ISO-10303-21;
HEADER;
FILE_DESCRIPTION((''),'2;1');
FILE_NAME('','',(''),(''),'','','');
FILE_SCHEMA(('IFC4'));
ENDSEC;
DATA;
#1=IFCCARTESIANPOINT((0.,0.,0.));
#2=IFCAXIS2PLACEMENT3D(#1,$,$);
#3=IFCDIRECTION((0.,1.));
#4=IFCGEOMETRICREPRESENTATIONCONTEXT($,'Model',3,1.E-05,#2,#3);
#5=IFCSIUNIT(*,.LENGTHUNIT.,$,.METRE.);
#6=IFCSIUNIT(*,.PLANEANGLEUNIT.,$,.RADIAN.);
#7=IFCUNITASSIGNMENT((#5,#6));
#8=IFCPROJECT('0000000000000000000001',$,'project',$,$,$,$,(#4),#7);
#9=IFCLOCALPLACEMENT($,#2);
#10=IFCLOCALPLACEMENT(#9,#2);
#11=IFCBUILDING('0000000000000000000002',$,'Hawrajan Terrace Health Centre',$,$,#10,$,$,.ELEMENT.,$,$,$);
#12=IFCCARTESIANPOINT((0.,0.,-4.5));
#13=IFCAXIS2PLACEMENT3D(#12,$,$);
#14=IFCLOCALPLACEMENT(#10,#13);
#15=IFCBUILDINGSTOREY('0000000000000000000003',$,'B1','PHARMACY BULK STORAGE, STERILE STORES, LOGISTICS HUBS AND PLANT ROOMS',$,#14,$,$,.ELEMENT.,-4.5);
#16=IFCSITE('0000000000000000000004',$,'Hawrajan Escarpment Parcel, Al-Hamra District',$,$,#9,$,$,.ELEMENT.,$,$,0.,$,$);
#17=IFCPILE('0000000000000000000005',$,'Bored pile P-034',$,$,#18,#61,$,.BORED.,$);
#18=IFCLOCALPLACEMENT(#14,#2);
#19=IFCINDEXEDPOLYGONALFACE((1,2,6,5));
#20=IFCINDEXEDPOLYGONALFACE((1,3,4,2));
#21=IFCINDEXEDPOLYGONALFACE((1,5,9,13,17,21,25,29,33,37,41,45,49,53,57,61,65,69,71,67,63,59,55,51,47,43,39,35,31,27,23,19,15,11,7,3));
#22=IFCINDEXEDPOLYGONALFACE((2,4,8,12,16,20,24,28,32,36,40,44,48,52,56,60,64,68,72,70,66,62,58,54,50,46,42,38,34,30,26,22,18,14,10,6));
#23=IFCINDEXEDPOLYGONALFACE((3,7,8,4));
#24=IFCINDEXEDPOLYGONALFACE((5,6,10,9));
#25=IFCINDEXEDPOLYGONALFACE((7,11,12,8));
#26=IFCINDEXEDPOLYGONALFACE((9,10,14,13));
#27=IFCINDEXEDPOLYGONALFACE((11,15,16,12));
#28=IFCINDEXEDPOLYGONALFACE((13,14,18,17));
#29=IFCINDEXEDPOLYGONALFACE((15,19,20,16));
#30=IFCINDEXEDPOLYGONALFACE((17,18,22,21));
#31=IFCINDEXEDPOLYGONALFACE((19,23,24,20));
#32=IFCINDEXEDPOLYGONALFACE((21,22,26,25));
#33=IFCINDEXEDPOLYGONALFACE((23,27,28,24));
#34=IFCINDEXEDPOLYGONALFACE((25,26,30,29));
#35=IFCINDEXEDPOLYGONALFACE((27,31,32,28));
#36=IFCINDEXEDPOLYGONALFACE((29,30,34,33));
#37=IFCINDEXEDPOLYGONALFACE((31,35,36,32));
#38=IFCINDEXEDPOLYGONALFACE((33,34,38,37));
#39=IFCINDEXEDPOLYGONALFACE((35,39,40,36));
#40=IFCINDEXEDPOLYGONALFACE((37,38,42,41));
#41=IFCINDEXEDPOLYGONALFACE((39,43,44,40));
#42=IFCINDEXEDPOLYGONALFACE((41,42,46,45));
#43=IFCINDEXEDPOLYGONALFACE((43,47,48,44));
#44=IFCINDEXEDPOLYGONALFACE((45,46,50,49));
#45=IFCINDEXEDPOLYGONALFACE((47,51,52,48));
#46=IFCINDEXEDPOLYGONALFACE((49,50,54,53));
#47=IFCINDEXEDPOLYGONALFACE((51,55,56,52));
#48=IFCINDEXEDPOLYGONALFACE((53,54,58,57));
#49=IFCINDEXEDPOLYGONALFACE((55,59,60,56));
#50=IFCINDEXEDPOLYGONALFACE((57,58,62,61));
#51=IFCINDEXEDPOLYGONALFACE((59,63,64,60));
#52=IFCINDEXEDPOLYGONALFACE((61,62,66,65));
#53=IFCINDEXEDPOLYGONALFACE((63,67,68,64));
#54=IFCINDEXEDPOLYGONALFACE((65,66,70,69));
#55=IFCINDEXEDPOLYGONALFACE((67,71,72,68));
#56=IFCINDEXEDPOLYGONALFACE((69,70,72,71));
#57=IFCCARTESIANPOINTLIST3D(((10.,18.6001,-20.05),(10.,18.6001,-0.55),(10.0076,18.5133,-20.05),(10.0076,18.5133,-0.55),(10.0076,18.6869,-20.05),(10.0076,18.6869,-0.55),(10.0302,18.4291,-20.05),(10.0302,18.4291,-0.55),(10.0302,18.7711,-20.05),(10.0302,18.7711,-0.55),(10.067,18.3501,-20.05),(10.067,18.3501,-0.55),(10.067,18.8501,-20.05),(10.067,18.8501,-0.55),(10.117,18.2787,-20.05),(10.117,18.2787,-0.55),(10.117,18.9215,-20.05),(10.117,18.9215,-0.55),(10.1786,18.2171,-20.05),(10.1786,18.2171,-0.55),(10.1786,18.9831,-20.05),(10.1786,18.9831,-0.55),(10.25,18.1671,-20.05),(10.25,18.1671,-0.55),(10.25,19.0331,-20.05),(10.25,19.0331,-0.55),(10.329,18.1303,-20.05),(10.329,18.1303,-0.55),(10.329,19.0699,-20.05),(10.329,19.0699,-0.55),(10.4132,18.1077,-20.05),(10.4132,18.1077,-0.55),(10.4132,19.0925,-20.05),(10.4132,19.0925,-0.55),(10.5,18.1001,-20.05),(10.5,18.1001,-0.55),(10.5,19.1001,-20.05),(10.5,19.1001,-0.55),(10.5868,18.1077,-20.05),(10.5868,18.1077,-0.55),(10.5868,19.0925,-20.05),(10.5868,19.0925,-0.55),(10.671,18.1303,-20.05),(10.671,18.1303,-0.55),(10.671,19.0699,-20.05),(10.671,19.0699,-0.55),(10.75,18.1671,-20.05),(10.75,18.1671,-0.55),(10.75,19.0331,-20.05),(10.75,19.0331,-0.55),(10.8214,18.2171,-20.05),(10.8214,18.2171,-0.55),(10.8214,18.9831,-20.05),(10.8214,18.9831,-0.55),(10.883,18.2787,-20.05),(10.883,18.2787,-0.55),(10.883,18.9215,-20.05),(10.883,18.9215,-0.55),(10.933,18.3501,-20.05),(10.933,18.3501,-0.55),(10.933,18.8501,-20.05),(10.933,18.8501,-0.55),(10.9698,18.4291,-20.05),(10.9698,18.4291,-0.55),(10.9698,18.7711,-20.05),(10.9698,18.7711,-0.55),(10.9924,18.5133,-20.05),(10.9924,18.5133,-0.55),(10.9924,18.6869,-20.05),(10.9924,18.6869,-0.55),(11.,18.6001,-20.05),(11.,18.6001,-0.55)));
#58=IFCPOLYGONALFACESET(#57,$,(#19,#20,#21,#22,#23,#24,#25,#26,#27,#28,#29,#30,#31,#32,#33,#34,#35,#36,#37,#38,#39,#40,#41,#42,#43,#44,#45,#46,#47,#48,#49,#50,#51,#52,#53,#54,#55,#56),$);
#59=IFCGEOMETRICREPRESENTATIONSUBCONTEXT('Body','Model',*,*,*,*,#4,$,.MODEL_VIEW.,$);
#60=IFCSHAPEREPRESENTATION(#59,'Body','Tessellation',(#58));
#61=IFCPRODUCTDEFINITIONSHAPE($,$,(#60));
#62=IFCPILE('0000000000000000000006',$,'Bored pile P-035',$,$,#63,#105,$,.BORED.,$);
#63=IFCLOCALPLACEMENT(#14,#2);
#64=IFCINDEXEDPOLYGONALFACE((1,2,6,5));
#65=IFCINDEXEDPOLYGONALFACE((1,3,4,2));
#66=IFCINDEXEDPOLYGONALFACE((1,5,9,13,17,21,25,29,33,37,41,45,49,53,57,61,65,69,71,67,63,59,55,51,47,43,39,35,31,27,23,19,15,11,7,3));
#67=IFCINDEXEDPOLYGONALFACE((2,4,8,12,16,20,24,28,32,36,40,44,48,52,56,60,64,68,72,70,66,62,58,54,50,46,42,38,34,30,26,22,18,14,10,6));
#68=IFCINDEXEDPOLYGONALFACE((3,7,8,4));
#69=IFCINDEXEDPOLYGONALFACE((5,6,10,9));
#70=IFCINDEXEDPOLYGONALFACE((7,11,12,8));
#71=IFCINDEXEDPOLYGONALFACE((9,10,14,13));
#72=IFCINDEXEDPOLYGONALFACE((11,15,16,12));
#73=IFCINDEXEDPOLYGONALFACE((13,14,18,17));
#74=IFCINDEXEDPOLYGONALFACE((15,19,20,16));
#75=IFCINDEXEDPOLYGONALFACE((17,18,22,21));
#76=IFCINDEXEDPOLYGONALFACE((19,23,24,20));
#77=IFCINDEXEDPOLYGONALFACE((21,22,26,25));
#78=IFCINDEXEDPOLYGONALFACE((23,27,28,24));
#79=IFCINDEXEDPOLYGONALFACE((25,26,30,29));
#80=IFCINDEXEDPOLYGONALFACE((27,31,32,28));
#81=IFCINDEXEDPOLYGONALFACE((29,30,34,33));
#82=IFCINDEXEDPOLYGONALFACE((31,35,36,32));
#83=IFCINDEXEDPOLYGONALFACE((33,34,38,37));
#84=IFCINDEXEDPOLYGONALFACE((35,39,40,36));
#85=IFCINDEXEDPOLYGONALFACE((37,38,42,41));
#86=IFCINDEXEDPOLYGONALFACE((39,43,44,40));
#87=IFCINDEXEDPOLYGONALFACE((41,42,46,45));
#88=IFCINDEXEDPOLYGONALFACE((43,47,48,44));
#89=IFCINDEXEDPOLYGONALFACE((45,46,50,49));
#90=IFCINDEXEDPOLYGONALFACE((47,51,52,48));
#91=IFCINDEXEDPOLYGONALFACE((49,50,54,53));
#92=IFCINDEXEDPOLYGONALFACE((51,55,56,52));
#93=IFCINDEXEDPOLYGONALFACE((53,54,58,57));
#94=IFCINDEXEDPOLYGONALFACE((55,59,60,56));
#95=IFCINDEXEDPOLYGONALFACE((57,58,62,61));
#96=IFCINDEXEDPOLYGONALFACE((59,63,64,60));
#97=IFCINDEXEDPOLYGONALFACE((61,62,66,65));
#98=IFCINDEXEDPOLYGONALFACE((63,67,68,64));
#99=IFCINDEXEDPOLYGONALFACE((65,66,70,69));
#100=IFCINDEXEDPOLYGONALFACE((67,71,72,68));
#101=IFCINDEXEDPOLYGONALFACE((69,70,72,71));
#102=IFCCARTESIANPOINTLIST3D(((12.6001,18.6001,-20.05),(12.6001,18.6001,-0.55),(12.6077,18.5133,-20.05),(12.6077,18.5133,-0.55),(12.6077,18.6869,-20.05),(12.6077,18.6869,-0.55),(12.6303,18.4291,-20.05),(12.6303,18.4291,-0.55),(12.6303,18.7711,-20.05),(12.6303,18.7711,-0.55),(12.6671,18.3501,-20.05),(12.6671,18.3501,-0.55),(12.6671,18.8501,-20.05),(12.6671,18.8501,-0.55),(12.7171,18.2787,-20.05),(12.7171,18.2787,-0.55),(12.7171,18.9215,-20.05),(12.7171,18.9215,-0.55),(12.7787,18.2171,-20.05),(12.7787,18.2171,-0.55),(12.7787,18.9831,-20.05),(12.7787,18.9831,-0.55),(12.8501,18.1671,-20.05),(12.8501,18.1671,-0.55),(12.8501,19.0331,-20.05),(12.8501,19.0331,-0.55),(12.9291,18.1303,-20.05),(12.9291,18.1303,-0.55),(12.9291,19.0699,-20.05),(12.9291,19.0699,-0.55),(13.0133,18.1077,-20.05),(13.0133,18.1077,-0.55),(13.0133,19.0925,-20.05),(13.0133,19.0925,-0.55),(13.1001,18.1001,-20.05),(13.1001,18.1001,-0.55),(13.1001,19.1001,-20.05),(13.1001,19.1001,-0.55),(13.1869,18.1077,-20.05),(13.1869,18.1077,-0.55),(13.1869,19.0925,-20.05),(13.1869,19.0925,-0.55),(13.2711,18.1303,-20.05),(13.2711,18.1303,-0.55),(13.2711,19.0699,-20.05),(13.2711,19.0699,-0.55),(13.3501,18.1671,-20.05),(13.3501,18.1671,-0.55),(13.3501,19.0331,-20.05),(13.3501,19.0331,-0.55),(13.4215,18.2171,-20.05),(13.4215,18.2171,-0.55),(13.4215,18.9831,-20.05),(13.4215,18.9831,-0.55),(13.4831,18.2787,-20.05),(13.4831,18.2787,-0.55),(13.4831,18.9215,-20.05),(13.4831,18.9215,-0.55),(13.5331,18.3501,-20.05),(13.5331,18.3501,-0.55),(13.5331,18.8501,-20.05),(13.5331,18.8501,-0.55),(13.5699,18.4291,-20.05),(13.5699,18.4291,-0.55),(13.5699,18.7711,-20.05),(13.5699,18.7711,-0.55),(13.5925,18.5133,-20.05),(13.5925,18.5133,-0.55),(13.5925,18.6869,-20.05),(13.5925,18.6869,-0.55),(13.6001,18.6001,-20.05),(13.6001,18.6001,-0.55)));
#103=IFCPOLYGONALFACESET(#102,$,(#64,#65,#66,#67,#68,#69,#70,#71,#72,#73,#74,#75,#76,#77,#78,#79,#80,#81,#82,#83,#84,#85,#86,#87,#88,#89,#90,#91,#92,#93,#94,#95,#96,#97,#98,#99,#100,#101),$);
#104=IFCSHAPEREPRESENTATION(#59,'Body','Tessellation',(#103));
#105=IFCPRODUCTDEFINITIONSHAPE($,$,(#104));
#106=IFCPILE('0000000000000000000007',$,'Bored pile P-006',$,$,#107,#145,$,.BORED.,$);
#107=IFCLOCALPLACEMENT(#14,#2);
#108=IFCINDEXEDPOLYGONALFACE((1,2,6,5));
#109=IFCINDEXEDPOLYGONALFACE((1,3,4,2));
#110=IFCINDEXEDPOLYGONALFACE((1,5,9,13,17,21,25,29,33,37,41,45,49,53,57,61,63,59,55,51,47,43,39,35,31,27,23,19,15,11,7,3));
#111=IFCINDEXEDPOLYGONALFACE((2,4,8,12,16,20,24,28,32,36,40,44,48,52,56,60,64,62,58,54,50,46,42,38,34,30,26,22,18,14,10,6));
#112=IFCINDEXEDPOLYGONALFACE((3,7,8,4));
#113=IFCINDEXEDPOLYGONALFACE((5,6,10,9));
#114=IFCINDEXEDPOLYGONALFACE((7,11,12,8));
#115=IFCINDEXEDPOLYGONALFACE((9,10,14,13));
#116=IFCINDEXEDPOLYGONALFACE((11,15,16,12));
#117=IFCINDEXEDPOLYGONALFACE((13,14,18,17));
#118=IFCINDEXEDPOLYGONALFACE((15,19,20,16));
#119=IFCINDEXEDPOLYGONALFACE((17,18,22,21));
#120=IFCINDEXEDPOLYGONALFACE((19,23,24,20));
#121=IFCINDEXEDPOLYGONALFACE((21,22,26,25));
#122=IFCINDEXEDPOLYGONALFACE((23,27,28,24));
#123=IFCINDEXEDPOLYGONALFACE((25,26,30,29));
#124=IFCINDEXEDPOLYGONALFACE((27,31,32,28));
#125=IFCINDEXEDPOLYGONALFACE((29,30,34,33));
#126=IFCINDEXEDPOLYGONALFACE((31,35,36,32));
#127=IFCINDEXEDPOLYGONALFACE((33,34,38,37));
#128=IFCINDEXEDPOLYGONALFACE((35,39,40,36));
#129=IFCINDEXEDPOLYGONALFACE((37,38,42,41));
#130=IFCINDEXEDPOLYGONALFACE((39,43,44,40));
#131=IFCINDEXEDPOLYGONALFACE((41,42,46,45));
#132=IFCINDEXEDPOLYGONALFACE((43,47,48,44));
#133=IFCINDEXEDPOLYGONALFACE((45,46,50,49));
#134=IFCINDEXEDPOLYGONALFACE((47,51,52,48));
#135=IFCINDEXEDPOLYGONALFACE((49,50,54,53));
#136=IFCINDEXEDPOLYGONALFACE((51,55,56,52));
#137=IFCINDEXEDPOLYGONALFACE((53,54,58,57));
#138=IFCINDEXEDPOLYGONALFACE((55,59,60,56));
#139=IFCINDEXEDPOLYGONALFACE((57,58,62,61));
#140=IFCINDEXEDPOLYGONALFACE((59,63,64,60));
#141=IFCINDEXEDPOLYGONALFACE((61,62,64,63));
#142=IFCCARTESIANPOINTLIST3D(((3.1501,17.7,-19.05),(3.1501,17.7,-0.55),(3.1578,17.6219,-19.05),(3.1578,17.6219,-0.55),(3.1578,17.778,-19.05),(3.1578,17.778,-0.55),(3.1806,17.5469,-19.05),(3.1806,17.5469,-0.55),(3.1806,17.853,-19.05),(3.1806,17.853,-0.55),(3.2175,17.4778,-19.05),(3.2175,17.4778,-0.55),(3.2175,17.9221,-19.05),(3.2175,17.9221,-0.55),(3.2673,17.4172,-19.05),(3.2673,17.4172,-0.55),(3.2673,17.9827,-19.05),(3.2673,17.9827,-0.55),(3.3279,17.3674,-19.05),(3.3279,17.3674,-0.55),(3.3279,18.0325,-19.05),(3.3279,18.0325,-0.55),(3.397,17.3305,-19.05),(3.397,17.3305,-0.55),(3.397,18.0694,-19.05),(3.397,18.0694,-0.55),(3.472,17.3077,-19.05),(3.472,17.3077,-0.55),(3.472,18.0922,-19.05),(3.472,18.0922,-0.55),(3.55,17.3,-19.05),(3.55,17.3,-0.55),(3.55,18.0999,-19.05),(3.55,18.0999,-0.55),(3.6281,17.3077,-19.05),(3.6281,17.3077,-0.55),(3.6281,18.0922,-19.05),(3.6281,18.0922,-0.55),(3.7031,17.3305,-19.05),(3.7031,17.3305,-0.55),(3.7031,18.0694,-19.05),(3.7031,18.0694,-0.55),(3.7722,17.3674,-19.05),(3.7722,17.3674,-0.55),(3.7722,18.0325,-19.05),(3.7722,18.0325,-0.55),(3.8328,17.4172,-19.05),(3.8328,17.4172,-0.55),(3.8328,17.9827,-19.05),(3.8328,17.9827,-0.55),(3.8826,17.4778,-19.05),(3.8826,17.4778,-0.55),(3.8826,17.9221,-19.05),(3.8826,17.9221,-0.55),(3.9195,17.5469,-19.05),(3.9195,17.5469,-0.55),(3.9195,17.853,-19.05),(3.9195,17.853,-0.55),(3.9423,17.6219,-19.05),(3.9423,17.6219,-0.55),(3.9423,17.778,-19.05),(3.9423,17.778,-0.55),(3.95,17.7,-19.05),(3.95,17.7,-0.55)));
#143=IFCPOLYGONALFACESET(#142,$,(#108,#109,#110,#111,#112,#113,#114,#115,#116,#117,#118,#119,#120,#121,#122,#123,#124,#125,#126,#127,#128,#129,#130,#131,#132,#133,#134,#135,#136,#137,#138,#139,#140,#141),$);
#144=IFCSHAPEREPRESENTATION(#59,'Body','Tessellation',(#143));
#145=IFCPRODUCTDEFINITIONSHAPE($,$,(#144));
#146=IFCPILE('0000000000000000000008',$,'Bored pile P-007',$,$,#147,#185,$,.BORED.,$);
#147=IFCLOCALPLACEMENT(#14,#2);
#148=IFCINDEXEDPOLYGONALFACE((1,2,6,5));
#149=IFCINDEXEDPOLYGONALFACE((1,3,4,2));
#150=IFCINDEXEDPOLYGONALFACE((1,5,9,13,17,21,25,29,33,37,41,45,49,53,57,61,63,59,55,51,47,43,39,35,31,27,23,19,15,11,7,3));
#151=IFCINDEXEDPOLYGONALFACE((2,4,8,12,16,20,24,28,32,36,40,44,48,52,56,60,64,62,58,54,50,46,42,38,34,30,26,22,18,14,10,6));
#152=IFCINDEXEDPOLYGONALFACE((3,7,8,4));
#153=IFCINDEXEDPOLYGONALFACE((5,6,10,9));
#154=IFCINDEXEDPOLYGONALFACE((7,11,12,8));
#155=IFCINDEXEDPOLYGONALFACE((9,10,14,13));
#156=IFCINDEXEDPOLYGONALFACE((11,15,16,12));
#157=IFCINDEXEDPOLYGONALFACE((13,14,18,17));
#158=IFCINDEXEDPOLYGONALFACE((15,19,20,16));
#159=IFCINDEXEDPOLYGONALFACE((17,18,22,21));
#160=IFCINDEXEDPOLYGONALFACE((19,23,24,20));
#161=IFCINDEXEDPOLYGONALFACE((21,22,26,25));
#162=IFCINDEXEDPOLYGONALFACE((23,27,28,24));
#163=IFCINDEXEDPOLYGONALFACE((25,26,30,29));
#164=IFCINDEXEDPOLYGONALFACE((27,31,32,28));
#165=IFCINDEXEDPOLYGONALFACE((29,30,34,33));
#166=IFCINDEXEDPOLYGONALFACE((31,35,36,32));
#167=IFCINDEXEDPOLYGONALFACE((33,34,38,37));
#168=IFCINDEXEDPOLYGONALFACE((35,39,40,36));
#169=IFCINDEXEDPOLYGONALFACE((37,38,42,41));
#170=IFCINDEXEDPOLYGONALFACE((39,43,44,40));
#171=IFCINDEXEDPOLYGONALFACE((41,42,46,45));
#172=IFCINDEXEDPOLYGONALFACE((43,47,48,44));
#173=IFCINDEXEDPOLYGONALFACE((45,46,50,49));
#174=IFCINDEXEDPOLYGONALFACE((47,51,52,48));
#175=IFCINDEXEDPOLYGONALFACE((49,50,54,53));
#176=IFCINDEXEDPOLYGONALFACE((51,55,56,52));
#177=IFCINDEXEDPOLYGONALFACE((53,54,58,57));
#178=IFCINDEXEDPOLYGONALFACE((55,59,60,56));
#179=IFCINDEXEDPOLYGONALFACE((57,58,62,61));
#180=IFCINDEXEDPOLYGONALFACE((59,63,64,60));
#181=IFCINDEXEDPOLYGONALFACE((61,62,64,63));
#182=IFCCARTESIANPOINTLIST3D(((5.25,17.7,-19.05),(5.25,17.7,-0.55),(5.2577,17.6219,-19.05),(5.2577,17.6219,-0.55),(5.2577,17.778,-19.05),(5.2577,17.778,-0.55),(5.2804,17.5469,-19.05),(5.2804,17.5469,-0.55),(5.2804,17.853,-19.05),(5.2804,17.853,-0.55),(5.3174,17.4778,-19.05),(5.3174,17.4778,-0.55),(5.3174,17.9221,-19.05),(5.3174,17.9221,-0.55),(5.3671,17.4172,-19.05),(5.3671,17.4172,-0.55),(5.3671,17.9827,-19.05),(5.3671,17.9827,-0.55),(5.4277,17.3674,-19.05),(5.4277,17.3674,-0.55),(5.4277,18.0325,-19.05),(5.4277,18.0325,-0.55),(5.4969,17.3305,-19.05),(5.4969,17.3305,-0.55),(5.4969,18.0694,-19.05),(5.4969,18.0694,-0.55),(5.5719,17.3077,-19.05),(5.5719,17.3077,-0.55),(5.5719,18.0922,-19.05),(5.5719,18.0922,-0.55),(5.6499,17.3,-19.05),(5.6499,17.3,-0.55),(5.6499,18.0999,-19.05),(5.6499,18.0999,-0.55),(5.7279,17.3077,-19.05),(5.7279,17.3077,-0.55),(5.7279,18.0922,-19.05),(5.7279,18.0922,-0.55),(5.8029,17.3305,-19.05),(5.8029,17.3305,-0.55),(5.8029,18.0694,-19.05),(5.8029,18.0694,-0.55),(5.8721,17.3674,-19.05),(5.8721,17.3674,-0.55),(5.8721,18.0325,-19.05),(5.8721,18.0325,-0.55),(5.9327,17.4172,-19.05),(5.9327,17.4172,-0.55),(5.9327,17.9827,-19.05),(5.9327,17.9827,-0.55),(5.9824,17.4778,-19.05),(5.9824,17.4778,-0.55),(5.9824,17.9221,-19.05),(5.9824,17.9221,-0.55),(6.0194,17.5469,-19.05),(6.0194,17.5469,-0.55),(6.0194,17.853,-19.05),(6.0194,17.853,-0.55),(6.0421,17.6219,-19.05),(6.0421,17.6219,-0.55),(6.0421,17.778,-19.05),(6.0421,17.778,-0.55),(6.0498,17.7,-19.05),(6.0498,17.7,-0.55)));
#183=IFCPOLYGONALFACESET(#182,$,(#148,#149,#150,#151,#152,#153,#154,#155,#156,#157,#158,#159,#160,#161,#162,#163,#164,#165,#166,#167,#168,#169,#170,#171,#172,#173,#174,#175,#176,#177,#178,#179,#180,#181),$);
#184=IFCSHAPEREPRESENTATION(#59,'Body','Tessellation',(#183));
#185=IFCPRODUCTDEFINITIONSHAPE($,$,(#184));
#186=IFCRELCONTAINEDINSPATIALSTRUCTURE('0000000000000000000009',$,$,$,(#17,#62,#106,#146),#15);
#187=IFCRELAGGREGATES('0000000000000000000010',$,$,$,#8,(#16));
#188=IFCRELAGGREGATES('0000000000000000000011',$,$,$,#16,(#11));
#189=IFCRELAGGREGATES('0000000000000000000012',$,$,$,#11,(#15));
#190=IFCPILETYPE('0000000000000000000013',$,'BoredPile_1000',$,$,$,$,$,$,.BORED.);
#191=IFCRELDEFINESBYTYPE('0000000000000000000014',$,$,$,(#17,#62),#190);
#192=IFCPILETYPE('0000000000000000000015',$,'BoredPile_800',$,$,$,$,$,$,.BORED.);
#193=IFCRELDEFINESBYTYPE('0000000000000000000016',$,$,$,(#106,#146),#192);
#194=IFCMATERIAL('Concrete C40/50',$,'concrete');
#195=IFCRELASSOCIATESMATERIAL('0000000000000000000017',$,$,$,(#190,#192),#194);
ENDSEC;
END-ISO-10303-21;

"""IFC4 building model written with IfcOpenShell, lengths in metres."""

from ifc_helpers import new_model, si_unit, direction, frame, origin, origin_2d, place, context, subcontext, project, spatial, circle, extrude, material, material_profile, profile_set, type_object, element, save


model = new_model("IFC4")

# Units and contexts
model_context = context("Model", 3, precision=1e-05, world=origin(), true_north=direction((0.0, 1.0)))
body_context = subcontext(model_context, "Body", "Model", "MODEL_VIEW")
ifc_project = project(units=[si_unit("LENGTHUNIT", "METRE"), si_unit("PLANEANGLEUNIT", "RADIAN")], contexts=[model_context])

# Site, building, storey
site_placement = place(None, origin())
site = spatial("IfcSite", under=ifc_project, at=site_placement, Name="Hawrajan Escarpment Parcel, Al-Hamra District", CompositionType="ELEMENT", RefElevation=0.0)
building_placement = place(site_placement, origin())
building = spatial("IfcBuilding", under=site, at=building_placement, Name="Hawrajan Terrace Health Centre", CompositionType="ELEMENT")
storey_placement = place(building_placement, frame((0.0, 0.0, -4.5)))
storey = spatial("IfcBuildingStorey", under=building, at=storey_placement, Name="B1", Description="PHARMACY BULK STORAGE, STERILE STORES, LOGISTICS HUBS AND PLANT ROOMS", CompositionType="ELEMENT", Elevation=-4.5)

# Piles
ifc_material_1 = material(Name="Concrete C40/50", Category="concrete")
ifc_material_profile_1 = material_profile(ifc_material_1, circle(Radius=0.5, at=origin_2d()), Name="BP 1000")
ifc_profile_set_1 = profile_set([ifc_material_profile_1], Name="Concrete C40/50")
pile_type_1 = type_object("IfcPileType", Name="BoredPile_1000", PredefinedType="BORED", material=ifc_profile_set_1)
for number, where, z_axis, x_axis, name in (
    (1, (10.5, 18.6001, -0.55), (0.0, 0.0, -1.0), (1.0, 0.0, 0.0), "Bored pile P-034"),
    (2, (13.1001, 18.6001, -0.55), (0.0, 0.0, -1.0), (1.0, 0.0, 0.0), "Bored pile P-035"),
):
    element("IfcPile", number, at=place(storey_placement, frame(where, z_axis=z_axis, x_axis=x_axis)), inside=storey, type_object=pile_type_1, Name=name, PredefinedType="BORED", context=body_context, shape_type="SweptSolid", body=[
        extrude(circle(Radius=0.5, at=origin_2d()), origin(), (0.0, 0.0, 1.0), 19.5),
    ])
ifc_material_profile_2 = material_profile(ifc_material_1, circle(Radius=0.3999, at=origin_2d()), Name="BP 800")
ifc_profile_set_2 = profile_set([ifc_material_profile_2], Name="Concrete C40/50")
pile_type_2 = type_object("IfcPileType", Name="BoredPile_800", PredefinedType="BORED", material=ifc_profile_set_2)
for number, where, z_axis, x_axis, name in (
    (3, (3.55, 17.7, -0.55), (0.0, 0.0, -1.0), (1.0, 0.0, 0.0), "Bored pile P-006"),
    (4, (5.6499, 17.7, -0.55), (0.0, 0.0, -1.0), (1.0, 0.0, 0.0), "Bored pile P-007"),
):
    element("IfcPile", number, at=place(storey_placement, frame(where, z_axis=z_axis, x_axis=x_axis)), inside=storey, type_object=pile_type_2, Name=name, PredefinedType="BORED", context=body_context, shape_type="SweptSolid", body=[
        extrude(circle(Radius=0.3999, at=origin_2d()), origin(), (0.0, 0.0, 1.0), 18.5),
    ])

save(model, "model.ifc")
